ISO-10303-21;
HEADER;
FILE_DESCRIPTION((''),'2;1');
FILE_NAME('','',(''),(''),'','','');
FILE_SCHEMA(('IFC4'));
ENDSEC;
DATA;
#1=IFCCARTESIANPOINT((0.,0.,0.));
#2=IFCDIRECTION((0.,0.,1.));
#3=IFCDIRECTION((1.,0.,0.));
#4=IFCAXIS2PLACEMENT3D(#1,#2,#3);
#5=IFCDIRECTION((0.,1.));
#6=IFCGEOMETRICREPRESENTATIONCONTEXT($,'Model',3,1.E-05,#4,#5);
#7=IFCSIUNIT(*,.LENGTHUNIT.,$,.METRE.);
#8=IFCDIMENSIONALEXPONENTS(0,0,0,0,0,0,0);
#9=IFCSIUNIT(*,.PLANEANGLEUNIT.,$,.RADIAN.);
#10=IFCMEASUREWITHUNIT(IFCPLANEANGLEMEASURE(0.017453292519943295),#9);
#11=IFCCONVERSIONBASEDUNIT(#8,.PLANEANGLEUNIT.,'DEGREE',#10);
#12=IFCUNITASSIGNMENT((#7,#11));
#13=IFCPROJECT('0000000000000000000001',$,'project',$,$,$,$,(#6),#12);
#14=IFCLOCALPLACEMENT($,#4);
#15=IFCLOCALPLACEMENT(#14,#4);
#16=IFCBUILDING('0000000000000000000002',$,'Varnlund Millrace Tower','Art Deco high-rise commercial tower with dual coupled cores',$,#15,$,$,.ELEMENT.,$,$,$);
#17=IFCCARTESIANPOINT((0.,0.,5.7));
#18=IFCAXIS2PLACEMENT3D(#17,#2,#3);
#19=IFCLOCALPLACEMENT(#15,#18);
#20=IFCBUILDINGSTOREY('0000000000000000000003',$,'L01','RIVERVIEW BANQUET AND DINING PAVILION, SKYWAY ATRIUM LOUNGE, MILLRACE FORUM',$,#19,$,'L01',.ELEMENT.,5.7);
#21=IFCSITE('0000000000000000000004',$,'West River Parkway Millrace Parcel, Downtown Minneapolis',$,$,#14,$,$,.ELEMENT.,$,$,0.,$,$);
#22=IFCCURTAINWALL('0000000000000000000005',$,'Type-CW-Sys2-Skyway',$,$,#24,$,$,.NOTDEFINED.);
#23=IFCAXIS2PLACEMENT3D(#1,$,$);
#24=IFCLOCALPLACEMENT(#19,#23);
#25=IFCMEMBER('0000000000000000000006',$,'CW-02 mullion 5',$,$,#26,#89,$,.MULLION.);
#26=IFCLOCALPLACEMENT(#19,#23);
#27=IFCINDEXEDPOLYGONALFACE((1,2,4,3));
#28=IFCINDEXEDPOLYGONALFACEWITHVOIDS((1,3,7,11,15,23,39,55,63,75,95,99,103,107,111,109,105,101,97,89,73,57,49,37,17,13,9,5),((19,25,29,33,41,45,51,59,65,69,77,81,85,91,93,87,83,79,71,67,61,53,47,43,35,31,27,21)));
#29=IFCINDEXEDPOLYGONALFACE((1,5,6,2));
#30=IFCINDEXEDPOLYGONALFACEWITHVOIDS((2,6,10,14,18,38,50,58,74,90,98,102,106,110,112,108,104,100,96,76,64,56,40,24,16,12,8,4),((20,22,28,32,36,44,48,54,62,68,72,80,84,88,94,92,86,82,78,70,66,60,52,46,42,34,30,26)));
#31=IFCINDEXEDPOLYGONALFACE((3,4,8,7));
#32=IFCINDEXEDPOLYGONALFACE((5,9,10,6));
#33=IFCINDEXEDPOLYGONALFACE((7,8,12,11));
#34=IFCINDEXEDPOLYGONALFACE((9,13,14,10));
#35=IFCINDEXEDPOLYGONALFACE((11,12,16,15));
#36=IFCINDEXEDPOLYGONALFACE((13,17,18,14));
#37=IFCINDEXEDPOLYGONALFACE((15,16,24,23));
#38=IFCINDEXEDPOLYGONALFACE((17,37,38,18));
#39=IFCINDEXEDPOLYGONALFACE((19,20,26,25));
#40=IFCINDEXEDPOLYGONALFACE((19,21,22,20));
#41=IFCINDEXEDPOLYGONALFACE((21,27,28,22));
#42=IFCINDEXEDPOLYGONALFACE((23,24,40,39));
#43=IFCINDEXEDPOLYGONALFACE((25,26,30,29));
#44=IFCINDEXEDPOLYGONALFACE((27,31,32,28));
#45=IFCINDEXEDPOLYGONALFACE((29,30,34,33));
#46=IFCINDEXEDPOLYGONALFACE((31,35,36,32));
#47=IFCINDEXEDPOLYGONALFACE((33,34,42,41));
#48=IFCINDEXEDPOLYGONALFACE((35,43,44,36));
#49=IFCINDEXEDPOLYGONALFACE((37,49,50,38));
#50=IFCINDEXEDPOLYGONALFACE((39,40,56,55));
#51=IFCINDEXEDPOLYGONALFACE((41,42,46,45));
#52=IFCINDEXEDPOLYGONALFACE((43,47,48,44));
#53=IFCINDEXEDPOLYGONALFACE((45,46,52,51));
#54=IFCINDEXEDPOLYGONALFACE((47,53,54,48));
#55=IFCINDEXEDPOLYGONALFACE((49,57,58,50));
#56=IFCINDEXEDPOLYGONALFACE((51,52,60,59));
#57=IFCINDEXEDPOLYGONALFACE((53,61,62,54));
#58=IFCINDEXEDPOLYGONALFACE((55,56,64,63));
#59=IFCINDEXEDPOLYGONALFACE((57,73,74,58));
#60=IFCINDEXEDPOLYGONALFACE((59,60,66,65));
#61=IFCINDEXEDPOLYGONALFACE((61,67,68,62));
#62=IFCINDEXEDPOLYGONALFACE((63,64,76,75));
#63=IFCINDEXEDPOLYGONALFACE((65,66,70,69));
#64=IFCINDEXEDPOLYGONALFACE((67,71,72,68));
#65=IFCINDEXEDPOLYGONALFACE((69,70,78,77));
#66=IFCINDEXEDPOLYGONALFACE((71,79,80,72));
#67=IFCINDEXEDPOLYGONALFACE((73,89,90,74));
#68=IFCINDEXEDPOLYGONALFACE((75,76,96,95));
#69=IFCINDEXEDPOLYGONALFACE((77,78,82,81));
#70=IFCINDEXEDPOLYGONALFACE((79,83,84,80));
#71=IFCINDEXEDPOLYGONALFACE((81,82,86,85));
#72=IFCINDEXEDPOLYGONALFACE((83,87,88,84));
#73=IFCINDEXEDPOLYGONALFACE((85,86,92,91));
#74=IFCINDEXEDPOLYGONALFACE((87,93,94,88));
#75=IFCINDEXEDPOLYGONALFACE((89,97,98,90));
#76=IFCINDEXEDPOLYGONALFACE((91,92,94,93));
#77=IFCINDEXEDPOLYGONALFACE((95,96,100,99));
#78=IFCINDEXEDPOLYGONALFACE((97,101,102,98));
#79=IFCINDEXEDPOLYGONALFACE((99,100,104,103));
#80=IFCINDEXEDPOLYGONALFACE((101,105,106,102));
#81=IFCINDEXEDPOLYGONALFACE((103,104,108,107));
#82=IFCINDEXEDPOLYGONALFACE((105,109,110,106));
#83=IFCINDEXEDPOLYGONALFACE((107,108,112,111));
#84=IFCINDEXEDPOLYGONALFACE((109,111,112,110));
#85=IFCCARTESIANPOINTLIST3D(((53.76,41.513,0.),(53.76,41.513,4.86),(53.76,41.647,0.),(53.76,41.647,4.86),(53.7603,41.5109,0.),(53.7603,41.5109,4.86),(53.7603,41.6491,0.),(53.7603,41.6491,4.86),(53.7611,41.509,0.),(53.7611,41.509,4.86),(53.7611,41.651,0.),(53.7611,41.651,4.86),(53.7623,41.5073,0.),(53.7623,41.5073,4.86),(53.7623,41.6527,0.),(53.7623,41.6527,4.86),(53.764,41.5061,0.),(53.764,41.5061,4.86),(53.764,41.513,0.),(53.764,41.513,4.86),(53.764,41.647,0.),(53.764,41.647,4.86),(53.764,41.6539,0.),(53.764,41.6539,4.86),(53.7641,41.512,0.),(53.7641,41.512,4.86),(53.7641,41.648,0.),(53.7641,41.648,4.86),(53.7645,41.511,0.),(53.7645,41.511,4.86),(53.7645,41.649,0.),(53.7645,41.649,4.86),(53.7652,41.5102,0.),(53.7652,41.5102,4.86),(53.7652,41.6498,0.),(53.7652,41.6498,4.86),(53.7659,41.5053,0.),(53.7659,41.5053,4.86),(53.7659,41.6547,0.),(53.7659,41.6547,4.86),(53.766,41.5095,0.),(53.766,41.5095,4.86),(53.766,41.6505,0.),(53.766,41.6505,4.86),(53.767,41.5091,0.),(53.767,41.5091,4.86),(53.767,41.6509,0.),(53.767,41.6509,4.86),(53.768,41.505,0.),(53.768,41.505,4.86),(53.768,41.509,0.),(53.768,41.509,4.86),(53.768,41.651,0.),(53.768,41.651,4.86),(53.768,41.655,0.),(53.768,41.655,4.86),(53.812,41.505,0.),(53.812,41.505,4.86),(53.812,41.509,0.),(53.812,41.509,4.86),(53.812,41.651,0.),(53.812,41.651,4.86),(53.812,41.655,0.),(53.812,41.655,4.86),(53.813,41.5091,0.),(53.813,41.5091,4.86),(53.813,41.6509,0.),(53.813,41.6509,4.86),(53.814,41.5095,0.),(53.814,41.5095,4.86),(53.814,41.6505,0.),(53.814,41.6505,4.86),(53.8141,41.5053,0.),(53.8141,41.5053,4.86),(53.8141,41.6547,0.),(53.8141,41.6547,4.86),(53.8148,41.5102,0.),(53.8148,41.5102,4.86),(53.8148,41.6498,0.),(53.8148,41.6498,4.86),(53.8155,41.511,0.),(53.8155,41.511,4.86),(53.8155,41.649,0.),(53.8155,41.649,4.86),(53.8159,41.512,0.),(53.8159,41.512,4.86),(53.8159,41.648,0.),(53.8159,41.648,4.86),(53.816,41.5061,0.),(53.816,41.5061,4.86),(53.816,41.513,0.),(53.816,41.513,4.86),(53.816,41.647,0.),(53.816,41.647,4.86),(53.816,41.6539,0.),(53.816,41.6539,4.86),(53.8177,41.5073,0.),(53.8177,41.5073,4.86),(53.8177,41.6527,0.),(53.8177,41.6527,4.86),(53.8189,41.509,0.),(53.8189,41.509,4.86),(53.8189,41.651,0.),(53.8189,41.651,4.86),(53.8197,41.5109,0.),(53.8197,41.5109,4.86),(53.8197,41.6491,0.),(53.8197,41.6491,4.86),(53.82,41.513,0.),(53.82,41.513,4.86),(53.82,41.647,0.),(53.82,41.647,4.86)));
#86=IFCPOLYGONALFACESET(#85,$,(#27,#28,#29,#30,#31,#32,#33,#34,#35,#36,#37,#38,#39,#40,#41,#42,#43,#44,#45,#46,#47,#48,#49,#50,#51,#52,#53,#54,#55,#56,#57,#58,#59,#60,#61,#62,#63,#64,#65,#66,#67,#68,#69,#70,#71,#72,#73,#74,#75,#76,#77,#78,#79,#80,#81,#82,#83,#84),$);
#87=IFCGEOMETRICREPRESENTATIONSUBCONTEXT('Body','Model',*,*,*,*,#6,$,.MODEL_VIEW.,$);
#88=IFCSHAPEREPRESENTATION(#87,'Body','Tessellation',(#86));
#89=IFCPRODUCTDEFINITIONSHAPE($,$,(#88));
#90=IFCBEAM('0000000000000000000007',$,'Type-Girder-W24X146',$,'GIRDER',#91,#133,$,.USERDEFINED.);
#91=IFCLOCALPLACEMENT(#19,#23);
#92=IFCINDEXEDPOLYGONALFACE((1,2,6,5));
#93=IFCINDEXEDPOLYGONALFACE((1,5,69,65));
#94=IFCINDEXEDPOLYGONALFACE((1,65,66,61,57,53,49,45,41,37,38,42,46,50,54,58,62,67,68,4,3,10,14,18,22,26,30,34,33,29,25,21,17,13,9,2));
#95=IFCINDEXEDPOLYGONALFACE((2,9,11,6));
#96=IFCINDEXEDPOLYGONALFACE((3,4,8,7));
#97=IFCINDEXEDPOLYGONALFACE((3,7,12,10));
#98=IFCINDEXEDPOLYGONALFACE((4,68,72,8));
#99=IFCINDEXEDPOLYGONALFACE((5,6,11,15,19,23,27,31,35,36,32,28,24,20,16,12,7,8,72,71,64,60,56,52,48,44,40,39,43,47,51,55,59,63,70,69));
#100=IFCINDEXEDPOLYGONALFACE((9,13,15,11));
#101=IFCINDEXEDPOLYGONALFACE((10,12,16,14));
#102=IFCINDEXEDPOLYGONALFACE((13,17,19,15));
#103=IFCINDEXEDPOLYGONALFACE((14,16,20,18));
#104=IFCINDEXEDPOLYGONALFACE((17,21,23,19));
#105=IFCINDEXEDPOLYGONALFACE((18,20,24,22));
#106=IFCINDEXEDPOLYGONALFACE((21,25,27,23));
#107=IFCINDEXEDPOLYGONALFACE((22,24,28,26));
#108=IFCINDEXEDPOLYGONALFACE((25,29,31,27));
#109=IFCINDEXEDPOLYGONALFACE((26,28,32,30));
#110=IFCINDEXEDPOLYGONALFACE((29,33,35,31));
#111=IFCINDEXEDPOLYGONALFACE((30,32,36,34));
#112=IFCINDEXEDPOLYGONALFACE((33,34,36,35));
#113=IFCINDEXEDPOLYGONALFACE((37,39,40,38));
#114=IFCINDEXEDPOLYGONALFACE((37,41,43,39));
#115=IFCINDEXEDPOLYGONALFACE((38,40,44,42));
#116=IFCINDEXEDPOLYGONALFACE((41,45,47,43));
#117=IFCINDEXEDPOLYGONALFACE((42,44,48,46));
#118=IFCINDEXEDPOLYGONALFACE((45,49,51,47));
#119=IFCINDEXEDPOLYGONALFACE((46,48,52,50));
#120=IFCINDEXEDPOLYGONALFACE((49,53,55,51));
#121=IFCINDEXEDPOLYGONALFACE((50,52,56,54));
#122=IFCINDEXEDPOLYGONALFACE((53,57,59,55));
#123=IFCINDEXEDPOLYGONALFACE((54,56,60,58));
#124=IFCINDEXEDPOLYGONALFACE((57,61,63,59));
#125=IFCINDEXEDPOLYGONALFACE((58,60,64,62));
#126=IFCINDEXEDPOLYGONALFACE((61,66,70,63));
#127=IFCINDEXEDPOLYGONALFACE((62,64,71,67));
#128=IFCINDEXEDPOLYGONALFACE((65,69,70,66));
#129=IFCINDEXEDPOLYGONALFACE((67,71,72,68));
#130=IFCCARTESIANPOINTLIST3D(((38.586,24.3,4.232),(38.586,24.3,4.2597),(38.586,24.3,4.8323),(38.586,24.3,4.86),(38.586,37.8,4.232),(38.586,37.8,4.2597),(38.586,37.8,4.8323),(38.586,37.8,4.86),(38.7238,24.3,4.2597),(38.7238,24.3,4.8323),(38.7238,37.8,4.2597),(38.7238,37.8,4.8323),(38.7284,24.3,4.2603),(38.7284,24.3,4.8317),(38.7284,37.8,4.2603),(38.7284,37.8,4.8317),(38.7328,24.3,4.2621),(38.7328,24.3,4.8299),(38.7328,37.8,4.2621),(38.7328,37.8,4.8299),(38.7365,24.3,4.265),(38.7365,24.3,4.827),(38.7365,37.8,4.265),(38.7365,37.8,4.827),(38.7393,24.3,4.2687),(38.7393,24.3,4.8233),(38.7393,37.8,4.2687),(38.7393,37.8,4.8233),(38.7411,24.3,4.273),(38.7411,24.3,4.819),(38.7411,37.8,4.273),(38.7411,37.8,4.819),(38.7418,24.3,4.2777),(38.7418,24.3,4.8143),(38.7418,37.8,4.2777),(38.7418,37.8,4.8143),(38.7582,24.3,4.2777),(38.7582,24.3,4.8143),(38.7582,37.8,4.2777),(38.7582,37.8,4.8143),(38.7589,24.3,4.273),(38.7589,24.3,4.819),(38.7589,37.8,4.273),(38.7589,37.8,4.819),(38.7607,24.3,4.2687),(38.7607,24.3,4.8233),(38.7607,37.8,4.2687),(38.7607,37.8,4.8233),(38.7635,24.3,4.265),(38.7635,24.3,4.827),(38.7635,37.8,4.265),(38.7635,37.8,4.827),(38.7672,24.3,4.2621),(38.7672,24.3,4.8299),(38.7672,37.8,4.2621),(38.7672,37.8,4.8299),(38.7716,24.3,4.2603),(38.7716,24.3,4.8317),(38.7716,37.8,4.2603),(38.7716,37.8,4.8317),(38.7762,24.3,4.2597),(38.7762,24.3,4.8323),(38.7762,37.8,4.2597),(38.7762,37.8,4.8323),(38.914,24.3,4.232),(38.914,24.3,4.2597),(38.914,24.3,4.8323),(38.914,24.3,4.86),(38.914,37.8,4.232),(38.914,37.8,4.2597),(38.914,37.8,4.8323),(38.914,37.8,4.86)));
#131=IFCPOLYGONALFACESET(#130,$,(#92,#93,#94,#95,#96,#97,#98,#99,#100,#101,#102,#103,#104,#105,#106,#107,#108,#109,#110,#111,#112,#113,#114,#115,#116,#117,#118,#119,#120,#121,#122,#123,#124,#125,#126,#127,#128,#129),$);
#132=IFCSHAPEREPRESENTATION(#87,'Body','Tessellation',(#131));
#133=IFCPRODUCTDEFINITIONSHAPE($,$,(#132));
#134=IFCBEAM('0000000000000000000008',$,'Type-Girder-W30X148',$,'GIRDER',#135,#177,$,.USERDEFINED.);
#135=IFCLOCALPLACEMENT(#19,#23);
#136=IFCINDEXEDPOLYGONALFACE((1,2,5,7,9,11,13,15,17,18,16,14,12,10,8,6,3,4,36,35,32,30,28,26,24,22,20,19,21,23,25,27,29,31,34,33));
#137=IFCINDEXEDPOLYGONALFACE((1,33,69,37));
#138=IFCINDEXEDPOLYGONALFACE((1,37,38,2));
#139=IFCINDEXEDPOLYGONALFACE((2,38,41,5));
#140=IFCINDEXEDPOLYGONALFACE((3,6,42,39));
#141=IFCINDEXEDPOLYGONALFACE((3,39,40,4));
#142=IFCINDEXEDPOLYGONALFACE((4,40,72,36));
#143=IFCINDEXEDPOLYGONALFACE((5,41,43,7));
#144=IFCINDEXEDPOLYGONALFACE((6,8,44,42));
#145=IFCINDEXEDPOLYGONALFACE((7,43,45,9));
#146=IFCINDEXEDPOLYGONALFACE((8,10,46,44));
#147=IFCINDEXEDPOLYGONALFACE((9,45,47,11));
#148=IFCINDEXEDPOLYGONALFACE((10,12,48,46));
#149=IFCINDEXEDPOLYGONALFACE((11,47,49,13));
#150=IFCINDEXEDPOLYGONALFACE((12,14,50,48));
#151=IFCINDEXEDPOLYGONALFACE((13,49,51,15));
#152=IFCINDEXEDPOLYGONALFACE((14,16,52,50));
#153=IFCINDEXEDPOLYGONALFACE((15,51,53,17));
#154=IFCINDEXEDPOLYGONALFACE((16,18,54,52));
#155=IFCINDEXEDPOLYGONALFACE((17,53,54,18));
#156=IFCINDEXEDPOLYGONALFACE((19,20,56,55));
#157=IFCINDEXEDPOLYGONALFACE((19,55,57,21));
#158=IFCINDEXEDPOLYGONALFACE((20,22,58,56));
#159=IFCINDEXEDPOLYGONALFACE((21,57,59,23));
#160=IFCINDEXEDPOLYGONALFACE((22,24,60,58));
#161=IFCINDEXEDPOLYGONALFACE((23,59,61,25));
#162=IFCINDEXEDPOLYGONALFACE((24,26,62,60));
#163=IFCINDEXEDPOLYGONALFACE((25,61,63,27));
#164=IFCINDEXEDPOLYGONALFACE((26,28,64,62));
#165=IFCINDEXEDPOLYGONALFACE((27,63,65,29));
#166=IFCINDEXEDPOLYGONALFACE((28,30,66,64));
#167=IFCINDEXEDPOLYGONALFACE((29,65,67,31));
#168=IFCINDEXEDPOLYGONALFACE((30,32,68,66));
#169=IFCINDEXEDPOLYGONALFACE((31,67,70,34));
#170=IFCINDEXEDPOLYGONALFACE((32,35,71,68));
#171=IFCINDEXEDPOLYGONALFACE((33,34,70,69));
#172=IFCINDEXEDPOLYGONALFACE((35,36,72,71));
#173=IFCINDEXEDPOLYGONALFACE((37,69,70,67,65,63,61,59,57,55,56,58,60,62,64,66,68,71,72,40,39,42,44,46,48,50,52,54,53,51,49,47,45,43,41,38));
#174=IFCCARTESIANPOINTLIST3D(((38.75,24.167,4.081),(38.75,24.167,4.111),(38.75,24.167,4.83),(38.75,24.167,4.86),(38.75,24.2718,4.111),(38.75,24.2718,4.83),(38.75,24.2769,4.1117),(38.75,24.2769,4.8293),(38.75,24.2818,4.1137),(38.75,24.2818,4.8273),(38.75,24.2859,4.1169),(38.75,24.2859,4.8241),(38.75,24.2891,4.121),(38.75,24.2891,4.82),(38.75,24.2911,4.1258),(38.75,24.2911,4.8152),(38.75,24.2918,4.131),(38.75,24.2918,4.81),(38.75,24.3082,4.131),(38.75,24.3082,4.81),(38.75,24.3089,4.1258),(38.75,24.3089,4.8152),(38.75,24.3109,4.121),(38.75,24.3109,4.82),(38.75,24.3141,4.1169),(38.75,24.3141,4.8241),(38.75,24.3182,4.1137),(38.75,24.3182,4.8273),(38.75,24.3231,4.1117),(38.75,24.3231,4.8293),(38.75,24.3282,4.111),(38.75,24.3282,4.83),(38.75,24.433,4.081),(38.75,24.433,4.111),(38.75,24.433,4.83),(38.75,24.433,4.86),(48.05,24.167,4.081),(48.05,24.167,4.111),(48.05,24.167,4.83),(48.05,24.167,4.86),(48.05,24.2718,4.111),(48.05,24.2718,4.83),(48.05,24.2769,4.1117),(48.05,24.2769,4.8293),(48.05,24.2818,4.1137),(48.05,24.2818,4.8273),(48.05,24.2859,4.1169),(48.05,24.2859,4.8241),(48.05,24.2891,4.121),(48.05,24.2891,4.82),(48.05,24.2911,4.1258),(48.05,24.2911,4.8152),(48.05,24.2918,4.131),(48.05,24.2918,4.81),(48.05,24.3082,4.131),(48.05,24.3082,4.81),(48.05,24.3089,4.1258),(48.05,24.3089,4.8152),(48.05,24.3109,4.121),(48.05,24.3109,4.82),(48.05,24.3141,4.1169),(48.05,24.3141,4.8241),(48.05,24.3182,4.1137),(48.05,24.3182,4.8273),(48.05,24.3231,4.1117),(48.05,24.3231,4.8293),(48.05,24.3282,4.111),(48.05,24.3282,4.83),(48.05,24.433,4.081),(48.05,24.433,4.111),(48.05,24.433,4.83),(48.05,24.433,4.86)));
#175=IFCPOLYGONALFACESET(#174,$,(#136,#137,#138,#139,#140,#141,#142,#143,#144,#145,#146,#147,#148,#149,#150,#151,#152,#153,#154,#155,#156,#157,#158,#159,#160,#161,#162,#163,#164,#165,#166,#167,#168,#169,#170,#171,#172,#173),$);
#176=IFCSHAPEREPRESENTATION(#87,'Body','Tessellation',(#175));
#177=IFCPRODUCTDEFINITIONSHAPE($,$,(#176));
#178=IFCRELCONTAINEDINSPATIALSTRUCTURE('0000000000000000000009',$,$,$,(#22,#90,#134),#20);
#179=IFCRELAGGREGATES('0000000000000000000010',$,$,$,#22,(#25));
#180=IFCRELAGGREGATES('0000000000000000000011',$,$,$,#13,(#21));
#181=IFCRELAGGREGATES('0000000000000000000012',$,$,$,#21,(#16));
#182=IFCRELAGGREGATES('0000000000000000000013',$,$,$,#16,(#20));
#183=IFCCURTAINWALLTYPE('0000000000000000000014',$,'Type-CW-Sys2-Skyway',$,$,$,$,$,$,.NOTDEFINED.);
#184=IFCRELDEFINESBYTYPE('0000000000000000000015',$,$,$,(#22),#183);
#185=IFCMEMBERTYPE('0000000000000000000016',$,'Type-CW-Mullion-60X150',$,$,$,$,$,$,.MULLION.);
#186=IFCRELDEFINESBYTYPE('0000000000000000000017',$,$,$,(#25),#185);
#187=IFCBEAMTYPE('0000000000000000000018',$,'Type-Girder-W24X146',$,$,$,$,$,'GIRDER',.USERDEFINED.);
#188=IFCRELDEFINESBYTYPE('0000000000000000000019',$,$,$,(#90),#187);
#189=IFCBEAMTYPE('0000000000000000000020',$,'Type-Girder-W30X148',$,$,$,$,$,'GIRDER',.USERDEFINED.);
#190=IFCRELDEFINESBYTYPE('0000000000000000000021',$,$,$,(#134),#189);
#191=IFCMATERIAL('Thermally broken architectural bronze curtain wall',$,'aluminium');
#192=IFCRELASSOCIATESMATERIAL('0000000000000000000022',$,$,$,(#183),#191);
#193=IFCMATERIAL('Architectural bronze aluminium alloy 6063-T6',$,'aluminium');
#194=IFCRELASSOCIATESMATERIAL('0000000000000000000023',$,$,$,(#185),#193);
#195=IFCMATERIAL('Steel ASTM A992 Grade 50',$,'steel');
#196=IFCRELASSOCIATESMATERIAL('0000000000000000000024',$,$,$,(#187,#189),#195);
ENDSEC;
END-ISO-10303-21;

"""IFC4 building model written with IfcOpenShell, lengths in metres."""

from ifc_helpers import new_model, entity, si_unit, converted_unit, direction, frame, origin_with_axes, origin_2d_with_axis, place, context, subcontext, project, spatial, hollow_rectangle, i_section, extrude, material, material_profile, profile_set, type_object, element, aggregate, save


model = new_model("IFC4")

# Units and contexts
model_context = context("Model", 3, precision=1e-05, world=origin_with_axes(), true_north=direction((0.0, 1.0)))
body_context = subcontext(model_context, "Body", "Model", "MODEL_VIEW")
ifc_project = project(units=[si_unit("LENGTHUNIT", "METRE"), converted_unit("PLANEANGLEUNIT", "DEGREE", entity("IfcPlaneAngleMeasure", 0.017453292519943295), si_unit("PLANEANGLEUNIT", "RADIAN"), dimensions=[0, 0, 0, 0, 0, 0, 0])], contexts=[model_context])

# Site, building, storey
site_placement = place(None, origin_with_axes())
site = spatial("IfcSite", under=ifc_project, at=site_placement, Name="West River Parkway Millrace Parcel, Downtown Minneapolis", CompositionType="ELEMENT", RefElevation=0.0)
building_placement = place(site_placement, origin_with_axes())
building = spatial("IfcBuilding", under=site, at=building_placement, Name="Varnlund Millrace Tower", Description="Art Deco high-rise commercial tower with dual coupled cores", CompositionType="ELEMENT")
storey_placement = place(building_placement, frame((0.0, 0.0, 5.7), z_axis=(0.0, 0.0, 1.0), x_axis=(1.0, 0.0, 0.0)))
storey = spatial("IfcBuildingStorey", under=building, at=storey_placement, Name="L01", Description="RIVERVIEW BANQUET AND DINING PAVILION, SKYWAY ATRIUM LOUNGE, MILLRACE FORUM", LongName="L01", CompositionType="ELEMENT", Elevation=5.7)

# Curtain wall, member
ifc_material_1 = material(Name="Thermally broken architectural bronze curtain wall", Category="aluminium")
curtain_wall_type = type_object("IfcCurtainWallType", Name="Type-CW-Sys2-Skyway", PredefinedType="NOTDEFINED", material=ifc_material_1)
curtain_wall_placement = place(storey_placement, frame((53.79, 47.55, 0.0), z_axis=(0.0, 0.0, 1.0), x_axis=(1.0, 0.0, 0.0)))
curtain_wall = element("IfcCurtainWall", 1, at=curtain_wall_placement, inside=storey, type_object=curtain_wall_type, Name="Type-CW-Sys2-Skyway", PredefinedType="NOTDEFINED")
ifc_material_2 = material(Name="Architectural bronze aluminium alloy 6063-T6", Category="aluminium")
ifc_material_profile_1 = material_profile(ifc_material_2, hollow_rectangle(XDim=0.06, YDim=0.15, WallThickness=0.004, InnerFilletRadius=0.004, OuterFilletRadius=0.008, at=origin_2d_with_axis()), Name="Architectural bronze aluminium alloy 6063-T6")
ifc_profile_set_1 = profile_set([ifc_material_profile_1], Name="Architectural bronze aluminium alloy 6063-T6")
member_type = type_object("IfcMemberType", Name="Type-CW-Mullion-60X150", PredefinedType="MULLION", material=ifc_profile_set_1)
member_placement = place(storey_placement, frame((53.79, 41.58, 0.0), z_axis=(0.0, 0.0, 1.0), x_axis=(1.0, 0.0, 0.0)))
member = element("IfcMember", 2, at=member_placement, type_object=member_type, Name="CW-02 mullion 5", PredefinedType="MULLION", context=body_context, shape_type="SweptSolid", body=[
    extrude(hollow_rectangle(XDim=0.06, YDim=0.15, WallThickness=0.004, InnerFilletRadius=0.004, OuterFilletRadius=0.008, at=origin_2d_with_axis()), origin_with_axes(), (0.0, 0.0, 1.0), 4.86),
])

# Beams
ifc_material_3 = material(Name="Steel ASTM A992 Grade 50", Category="steel")
ifc_material_profile_2 = material_profile(ifc_material_3, i_section(OverallWidth=0.328, OverallDepth=0.628, WebThickness=0.0165, FlangeThickness=0.0277, FilletRadius=0.018, at=origin_2d_with_axis()), Name="Steel ASTM A992 Grade 50")
ifc_profile_set_2 = profile_set([ifc_material_profile_2], Name="Steel ASTM A992 Grade 50")
beam_type_1 = type_object("IfcBeamType", Name="Type-Girder-W24X146", ElementType="GIRDER", PredefinedType="USERDEFINED", material=ifc_profile_set_2)
beam_1_placement = place(storey_placement, frame((38.75, 24.3, 4.546), z_axis=(0.0, 1.0, 0.0), x_axis=(-1.0, 0.0, 0.0)))
element("IfcBeam", 3, at=beam_1_placement, inside=storey, type_object=beam_type_1, Name="Type-Girder-W24X146", ObjectType="GIRDER", PredefinedType="USERDEFINED", context=body_context, shape_type="SweptSolid", body=[
    extrude(i_section(OverallWidth=0.328, OverallDepth=0.628, WebThickness=0.0165, FlangeThickness=0.0277, FilletRadius=0.018, at=origin_2d_with_axis()), origin_with_axes(), (0.0, 0.0, 1.0), 13.5),
])
ifc_material_profile_3 = material_profile(ifc_material_3, i_section(OverallWidth=0.266, OverallDepth=0.779, WebThickness=0.0165, FlangeThickness=0.03, FilletRadius=0.02, at=origin_2d_with_axis()), Name="Steel ASTM A992 Grade 50")
ifc_profile_set_3 = profile_set([ifc_material_profile_3], Name="Steel ASTM A992 Grade 50")
beam_type_2 = type_object("IfcBeamType", Name="Type-Girder-W30X148", ElementType="GIRDER", PredefinedType="USERDEFINED", material=ifc_profile_set_3)
beam_2_placement = place(storey_placement, frame((38.75, 24.3, 4.4705), z_axis=(1.0, 0.0, 0.0), x_axis=(0.0, 1.0, 0.0)))
element("IfcBeam", 4, at=beam_2_placement, inside=storey, type_object=beam_type_2, Name="Type-Girder-W30X148", ObjectType="GIRDER", PredefinedType="USERDEFINED", context=body_context, shape_type="SweptSolid", body=[
    extrude(i_section(OverallWidth=0.266, OverallDepth=0.779, WebThickness=0.0165, FlangeThickness=0.03, FilletRadius=0.02, at=origin_2d_with_axis()), origin_with_axes(), (0.0, 0.0, 1.0), 9.3),
])

aggregate(curtain_wall, [member])

save(model, "model.ifc")
